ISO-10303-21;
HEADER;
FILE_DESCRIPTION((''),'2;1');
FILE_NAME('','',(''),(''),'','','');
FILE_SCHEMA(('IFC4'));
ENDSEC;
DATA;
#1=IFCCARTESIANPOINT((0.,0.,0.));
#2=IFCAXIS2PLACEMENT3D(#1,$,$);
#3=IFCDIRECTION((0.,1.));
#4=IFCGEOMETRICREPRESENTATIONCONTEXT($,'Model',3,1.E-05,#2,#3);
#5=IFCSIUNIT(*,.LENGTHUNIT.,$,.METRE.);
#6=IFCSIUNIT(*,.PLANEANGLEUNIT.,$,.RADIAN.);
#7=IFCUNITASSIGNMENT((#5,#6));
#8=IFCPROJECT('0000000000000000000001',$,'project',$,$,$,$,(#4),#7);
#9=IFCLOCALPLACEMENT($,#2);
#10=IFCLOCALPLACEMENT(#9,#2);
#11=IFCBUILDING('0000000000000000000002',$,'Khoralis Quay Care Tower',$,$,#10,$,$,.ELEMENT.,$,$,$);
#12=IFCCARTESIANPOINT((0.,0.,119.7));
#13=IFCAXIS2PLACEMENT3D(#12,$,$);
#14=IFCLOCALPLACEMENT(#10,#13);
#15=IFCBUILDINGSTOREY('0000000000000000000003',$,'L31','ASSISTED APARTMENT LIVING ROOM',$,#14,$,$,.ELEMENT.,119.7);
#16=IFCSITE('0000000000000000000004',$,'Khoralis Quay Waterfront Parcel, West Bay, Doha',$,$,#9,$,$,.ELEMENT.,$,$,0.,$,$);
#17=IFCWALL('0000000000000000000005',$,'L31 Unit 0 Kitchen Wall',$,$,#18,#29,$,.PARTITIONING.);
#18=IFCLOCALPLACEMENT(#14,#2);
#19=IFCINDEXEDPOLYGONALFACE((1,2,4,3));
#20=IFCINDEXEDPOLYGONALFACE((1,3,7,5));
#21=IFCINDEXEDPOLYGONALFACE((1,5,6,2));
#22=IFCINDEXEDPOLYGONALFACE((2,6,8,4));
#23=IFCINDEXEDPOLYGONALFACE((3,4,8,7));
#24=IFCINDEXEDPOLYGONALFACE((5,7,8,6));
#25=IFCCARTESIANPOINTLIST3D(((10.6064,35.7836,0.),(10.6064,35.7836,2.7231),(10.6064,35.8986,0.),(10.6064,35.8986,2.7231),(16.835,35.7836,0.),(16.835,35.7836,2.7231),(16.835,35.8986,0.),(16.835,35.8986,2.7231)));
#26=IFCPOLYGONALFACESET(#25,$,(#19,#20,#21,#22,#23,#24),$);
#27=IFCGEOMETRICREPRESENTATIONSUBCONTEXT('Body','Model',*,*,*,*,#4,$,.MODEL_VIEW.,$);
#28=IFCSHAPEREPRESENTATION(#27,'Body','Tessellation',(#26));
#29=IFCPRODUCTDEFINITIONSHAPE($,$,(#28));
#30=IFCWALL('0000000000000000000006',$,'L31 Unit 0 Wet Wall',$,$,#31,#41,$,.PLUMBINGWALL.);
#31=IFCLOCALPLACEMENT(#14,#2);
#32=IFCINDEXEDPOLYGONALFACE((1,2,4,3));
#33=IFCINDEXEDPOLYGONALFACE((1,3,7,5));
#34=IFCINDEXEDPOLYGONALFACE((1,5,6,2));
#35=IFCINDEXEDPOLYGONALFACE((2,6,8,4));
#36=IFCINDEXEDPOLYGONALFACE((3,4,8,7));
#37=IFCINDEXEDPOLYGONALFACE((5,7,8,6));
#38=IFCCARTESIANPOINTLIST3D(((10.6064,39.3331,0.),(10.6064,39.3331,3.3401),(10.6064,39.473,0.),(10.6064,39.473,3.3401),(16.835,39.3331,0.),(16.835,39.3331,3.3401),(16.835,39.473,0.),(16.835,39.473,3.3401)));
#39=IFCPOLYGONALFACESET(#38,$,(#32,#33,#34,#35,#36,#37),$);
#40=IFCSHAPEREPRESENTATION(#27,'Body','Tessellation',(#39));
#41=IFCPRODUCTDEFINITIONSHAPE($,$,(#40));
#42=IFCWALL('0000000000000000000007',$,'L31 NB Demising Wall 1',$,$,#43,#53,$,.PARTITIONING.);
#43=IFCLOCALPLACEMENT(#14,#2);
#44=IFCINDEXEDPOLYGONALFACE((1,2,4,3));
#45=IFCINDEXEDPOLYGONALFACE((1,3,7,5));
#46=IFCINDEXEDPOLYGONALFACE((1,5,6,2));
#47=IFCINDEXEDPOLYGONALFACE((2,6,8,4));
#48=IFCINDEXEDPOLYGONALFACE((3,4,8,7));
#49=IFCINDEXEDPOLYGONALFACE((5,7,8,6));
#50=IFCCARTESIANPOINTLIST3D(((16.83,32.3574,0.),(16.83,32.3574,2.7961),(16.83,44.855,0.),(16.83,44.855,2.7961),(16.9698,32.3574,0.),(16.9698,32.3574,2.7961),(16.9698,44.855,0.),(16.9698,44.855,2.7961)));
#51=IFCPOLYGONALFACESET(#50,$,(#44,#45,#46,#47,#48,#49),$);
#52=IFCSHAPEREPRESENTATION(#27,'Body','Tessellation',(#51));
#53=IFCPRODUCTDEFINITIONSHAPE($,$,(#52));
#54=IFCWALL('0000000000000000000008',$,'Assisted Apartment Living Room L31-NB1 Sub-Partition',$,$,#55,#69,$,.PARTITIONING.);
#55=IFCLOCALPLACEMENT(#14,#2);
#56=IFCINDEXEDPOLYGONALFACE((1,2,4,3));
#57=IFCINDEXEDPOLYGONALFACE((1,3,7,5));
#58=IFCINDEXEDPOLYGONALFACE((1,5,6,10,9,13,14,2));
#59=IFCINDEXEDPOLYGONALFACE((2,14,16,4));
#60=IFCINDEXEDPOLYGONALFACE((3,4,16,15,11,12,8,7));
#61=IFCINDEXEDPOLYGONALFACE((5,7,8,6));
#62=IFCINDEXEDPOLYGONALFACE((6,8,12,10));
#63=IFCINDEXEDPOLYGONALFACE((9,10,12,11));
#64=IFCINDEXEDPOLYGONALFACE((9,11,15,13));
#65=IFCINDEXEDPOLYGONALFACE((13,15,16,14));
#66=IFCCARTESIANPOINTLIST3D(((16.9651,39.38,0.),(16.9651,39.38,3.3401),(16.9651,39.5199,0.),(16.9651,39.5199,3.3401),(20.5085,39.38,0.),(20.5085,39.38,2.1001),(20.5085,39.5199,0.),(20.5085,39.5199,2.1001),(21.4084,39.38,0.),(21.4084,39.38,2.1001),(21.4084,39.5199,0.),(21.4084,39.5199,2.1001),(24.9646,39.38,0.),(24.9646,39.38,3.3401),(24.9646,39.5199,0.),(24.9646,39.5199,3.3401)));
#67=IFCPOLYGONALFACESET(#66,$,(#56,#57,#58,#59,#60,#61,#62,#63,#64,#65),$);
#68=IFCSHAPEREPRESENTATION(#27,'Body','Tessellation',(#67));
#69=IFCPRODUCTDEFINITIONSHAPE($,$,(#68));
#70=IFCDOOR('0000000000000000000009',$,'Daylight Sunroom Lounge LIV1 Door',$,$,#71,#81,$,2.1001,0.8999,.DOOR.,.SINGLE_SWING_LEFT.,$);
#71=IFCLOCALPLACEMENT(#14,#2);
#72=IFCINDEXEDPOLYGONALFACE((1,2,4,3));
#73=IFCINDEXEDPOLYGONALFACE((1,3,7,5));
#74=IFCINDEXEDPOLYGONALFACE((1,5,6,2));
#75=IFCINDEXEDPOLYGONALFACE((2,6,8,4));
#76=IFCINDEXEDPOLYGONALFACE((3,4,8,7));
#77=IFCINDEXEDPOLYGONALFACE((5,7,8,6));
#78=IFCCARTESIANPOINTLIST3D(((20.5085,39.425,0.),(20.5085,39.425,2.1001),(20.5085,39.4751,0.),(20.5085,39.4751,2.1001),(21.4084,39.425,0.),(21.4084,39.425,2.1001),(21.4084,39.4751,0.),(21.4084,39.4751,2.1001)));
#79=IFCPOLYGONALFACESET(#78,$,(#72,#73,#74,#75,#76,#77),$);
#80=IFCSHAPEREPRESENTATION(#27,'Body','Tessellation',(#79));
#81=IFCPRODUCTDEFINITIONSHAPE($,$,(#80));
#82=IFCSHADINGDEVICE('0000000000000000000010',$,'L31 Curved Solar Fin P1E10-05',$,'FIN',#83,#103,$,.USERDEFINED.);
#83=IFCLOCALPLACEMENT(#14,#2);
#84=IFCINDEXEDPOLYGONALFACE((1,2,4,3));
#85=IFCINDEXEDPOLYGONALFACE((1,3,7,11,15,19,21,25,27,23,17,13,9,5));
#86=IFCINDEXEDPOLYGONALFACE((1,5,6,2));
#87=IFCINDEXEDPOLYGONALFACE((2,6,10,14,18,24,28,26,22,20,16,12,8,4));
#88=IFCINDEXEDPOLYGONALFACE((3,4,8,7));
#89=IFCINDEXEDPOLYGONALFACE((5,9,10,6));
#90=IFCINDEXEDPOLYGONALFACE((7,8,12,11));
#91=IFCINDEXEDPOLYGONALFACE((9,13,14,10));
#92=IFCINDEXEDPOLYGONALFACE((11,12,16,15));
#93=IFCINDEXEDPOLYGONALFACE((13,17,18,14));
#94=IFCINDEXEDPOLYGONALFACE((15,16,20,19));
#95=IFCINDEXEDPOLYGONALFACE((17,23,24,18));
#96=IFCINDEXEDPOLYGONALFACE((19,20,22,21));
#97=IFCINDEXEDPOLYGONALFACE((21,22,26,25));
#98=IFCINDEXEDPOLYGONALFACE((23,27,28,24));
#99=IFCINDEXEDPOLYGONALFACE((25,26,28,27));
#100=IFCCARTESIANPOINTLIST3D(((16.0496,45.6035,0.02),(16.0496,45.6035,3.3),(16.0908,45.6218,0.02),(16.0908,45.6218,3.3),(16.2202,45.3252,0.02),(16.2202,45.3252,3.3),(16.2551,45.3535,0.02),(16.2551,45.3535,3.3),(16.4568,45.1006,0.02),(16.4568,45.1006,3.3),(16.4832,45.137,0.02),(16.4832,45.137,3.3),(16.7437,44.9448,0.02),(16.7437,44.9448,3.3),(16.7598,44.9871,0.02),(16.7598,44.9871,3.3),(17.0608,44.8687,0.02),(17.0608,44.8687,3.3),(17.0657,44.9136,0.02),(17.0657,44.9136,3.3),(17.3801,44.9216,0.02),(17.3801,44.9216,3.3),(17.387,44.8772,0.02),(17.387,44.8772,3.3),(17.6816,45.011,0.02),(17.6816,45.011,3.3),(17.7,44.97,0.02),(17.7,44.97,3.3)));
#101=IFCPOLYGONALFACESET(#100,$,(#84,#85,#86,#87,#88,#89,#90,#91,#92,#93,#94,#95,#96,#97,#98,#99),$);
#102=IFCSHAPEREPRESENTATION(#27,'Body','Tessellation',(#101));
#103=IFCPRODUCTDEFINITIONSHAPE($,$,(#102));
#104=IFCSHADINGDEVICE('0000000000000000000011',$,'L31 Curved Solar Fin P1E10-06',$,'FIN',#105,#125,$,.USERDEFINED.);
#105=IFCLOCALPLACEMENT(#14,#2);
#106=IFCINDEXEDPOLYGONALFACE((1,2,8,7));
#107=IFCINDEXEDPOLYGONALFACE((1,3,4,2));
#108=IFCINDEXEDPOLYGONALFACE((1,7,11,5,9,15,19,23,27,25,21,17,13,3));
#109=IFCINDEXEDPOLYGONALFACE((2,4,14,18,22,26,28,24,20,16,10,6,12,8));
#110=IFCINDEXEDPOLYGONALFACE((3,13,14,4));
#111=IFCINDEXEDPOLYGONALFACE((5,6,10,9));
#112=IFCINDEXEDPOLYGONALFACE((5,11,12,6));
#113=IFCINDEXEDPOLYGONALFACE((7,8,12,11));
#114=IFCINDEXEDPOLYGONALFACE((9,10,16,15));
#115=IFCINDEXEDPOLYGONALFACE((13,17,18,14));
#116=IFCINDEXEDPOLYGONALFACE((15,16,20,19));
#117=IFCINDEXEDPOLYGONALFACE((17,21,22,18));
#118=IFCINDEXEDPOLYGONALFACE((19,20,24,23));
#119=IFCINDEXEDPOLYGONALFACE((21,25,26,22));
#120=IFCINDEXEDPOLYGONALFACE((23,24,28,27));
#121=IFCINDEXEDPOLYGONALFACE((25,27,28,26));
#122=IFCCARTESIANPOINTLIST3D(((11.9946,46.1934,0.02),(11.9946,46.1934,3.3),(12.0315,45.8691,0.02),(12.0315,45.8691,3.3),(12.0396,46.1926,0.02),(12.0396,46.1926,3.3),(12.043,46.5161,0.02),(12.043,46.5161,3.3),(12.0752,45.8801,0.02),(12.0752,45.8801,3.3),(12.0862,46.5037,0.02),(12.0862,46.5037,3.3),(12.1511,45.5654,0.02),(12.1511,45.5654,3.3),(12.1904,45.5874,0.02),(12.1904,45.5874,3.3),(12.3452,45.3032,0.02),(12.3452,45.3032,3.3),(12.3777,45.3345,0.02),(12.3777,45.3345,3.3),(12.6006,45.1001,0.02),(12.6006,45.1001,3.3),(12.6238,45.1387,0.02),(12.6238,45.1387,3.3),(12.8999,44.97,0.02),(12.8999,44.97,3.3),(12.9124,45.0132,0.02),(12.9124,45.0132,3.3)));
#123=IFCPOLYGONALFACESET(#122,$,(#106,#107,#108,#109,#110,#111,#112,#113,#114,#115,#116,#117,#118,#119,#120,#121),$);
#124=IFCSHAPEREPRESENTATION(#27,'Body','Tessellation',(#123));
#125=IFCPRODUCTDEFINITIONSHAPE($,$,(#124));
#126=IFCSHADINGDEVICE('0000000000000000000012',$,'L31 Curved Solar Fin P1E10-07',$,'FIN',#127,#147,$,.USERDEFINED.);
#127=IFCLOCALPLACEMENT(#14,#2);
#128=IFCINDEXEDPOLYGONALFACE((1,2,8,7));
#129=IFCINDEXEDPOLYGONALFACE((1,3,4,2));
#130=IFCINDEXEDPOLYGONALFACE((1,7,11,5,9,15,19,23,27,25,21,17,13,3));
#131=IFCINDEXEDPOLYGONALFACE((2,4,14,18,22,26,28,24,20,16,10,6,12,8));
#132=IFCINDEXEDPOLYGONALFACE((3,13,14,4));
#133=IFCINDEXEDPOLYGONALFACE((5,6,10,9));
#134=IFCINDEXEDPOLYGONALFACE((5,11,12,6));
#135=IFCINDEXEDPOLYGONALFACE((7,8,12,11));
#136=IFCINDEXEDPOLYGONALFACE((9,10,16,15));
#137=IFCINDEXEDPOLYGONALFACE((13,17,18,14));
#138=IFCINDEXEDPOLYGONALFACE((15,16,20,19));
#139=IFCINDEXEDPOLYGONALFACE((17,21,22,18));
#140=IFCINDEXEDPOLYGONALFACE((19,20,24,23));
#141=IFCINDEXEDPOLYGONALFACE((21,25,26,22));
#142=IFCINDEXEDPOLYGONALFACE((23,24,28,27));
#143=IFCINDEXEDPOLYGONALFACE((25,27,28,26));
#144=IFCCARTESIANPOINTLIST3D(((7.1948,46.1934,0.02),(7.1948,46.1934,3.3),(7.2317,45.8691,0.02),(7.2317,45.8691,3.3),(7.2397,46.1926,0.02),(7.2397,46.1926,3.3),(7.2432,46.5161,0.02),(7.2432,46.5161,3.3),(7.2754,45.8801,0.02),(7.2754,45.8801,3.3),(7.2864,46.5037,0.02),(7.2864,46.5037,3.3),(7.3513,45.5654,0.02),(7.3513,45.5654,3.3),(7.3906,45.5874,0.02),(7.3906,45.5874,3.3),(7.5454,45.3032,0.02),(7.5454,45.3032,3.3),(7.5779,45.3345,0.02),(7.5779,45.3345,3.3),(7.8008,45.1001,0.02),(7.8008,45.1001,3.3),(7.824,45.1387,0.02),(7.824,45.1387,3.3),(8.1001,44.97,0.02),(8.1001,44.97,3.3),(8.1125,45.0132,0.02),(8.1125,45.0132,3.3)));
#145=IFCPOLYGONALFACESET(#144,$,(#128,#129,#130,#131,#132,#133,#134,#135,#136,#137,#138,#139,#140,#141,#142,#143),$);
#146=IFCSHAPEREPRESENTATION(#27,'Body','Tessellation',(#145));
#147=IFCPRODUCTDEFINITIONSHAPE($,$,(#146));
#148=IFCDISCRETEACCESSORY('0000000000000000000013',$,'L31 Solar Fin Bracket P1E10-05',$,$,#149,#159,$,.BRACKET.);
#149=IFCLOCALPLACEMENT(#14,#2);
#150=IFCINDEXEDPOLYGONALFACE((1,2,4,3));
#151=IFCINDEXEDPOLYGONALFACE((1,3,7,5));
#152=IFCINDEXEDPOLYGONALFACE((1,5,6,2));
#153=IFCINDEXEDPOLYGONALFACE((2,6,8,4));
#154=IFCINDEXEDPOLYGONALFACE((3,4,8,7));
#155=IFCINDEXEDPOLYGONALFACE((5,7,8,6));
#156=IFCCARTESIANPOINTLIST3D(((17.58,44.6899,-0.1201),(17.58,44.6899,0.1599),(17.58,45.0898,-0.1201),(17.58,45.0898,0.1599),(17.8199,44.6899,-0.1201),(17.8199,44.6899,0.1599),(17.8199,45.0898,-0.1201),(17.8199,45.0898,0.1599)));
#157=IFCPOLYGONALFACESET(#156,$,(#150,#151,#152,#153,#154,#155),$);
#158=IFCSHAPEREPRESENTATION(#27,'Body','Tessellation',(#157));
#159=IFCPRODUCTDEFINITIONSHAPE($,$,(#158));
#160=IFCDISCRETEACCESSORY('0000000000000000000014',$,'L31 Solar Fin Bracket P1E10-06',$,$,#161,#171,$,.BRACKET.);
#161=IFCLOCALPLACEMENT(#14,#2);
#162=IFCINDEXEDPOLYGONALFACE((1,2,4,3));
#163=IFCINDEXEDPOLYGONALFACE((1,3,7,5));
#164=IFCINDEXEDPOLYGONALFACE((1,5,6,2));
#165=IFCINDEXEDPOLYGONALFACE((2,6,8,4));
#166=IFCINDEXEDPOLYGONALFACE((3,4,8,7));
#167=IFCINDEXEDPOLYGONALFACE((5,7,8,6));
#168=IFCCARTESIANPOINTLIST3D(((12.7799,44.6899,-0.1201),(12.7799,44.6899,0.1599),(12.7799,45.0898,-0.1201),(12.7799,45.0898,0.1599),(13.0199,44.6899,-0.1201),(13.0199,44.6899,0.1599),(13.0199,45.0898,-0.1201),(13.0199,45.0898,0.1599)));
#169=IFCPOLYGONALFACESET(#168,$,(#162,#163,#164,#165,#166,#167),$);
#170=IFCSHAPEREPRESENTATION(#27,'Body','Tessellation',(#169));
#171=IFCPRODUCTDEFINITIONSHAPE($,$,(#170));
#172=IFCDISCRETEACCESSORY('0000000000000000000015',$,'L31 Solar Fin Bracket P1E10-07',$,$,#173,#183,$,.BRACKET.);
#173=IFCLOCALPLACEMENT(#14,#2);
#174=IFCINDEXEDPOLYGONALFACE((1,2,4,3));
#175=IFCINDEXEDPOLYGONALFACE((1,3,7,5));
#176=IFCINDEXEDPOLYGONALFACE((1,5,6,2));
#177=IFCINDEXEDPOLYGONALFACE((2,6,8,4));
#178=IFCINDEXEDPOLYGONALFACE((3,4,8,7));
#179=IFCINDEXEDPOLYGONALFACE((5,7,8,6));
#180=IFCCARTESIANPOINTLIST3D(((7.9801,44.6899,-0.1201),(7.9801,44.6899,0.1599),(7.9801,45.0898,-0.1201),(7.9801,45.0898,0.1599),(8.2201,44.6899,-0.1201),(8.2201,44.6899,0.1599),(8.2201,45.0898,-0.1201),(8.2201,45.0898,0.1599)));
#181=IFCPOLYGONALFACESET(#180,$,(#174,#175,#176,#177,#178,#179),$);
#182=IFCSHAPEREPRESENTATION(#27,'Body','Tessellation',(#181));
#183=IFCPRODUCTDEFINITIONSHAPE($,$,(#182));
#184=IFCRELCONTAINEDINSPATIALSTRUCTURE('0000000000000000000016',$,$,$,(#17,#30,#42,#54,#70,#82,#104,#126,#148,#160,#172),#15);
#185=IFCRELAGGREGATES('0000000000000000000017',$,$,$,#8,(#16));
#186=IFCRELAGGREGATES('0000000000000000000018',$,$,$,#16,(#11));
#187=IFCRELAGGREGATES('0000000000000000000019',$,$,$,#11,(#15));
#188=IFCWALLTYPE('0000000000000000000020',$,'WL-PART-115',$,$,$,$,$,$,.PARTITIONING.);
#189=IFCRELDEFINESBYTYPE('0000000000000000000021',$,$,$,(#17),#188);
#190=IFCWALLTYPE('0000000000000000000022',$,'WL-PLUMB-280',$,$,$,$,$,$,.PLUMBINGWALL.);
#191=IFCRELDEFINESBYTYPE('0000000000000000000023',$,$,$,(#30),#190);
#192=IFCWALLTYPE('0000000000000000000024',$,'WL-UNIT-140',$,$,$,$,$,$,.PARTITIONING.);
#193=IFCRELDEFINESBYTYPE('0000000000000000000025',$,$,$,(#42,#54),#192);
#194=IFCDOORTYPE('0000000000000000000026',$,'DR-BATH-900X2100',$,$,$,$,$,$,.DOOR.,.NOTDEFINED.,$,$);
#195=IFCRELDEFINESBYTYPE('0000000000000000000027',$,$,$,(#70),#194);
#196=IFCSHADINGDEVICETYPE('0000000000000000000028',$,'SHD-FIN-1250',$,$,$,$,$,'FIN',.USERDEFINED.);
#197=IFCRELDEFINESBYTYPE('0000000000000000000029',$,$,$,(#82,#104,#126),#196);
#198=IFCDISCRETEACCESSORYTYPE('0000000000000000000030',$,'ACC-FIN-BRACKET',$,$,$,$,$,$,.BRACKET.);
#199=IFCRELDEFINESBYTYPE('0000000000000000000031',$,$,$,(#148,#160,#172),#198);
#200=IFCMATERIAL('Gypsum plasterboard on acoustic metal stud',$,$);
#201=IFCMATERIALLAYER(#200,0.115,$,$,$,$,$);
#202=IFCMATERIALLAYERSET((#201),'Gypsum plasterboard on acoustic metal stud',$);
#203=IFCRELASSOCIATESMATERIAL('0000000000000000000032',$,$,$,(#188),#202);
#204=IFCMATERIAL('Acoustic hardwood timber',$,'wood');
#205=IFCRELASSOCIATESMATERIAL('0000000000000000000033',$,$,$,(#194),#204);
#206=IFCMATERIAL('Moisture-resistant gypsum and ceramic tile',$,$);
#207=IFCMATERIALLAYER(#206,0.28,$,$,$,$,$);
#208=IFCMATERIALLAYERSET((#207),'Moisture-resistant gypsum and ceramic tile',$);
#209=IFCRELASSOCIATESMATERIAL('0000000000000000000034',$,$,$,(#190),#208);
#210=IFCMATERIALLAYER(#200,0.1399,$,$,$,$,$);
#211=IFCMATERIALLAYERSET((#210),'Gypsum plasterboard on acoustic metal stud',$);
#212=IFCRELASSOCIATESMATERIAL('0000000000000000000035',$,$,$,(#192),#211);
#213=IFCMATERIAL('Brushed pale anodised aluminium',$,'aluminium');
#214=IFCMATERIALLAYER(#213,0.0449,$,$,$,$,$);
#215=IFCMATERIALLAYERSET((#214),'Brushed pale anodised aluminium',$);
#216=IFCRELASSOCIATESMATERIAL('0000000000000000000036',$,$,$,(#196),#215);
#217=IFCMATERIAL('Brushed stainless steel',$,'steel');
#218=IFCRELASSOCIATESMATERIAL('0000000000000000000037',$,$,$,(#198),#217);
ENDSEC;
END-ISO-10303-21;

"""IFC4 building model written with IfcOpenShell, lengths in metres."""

from ifc_helpers import new_model, si_unit, direction, frame, frame_2d, origin, origin_2d, place, context, subcontext, project, spatial, polyline, rectangle, outline, extrude, source, transform, mapped, material, layer, layer_set, type_object, element, fill, save


model = new_model("IFC4")

# Units and contexts
model_context = context("Model", 3, precision=1e-05, world=origin(), true_north=direction((0.0, 1.0)))
body_context = subcontext(model_context, "Body", "Model", "MODEL_VIEW")
ifc_project = project(units=[si_unit("LENGTHUNIT", "METRE"), si_unit("PLANEANGLEUNIT", "RADIAN")], contexts=[model_context])

# Site, building, storey
site_placement = place(None, origin())
site = spatial("IfcSite", under=ifc_project, at=site_placement, Name="Khoralis Quay Waterfront Parcel, West Bay, Doha", CompositionType="ELEMENT", RefElevation=0.0)
building_placement = place(site_placement, origin())
building = spatial("IfcBuilding", under=site, at=building_placement, Name="Khoralis Quay Care Tower", CompositionType="ELEMENT")
storey_placement = place(building_placement, frame((0.0, 0.0, 119.7)))
storey = spatial("IfcBuildingStorey", under=building, at=storey_placement, Name="L31", Description="ASSISTED APARTMENT LIVING ROOM", CompositionType="ELEMENT", Elevation=119.7)

# Shared definitions
ifc_material_1 = material(Name="Gypsum plasterboard on acoustic metal stud")
ifc_layer_1 = layer(ifc_material_1, 0.115)
ifc_layer_set_1 = layer_set([ifc_layer_1], Name="Gypsum plasterboard on acoustic metal stud")
wall_type_1 = type_object("IfcWallType", Name="WL-PART-115", PredefinedType="PARTITIONING", material=ifc_layer_set_1)
ifc_material_2 = material(Name="Acoustic hardwood timber", Category="wood")
door_type_1 = type_object("IfcDoorType", Name="DR-BATH-900X2100", OperationType="NOTDEFINED", PredefinedType="DOOR", material=ifc_material_2)
shared_shape_1 = source(origin(), body_context, "Body", "SweptSolid", [
    extrude(rectangle(XDim=0.8999, YDim=2.1001, at=frame_2d((0.45, 1.05))), frame((0.0, 0.0249, 0.0), z_axis=(0.0, -1.0, 0.0), x_axis=(1.0, 0.0, 0.0)), (0.0, 0.0, 1.0), 0.05),
])

# Walls
wall_1_placement = place(storey_placement, frame((10.6064, 35.8411, 0.0), z_axis=(0.0, 0.0, 1.0), x_axis=(1.0, 0.0, 0.0)))
element("IfcWall", 1, at=wall_1_placement, inside=storey, type_object=wall_type_1, Name="L31 Unit 0 Kitchen Wall", PredefinedType="PARTITIONING", context=body_context, shape_type="SweptSolid", body=[
    extrude(rectangle(XDim=6.2285, YDim=0.115, at=frame_2d((3.1143, 0.0))), origin(), (0.0, 0.0, 1.0), 2.7231),
])
ifc_material_3 = material(Name="Moisture-resistant gypsum and ceramic tile")
ifc_layer_2 = layer(ifc_material_3, 0.28)
ifc_layer_set_2 = layer_set([ifc_layer_2], Name="Moisture-resistant gypsum and ceramic tile")
wall_type_2 = type_object("IfcWallType", Name="WL-PLUMB-280", PredefinedType="PLUMBINGWALL", material=ifc_layer_set_2)
wall_2_placement = place(storey_placement, frame((10.6064, 39.4031, 0.0), z_axis=(0.0, 0.0, 1.0), x_axis=(1.0, 0.0, 0.0)))
element("IfcWall", 2, at=wall_2_placement, inside=storey, type_object=wall_type_2, Name="L31 Unit 0 Wet Wall", PredefinedType="PLUMBINGWALL", context=body_context, shape_type="SweptSolid", body=[
    extrude(rectangle(XDim=6.2285, YDim=0.1399, at=frame_2d((3.1143, 0.0))), origin(), (0.0, 0.0, 1.0), 3.3401),
])
ifc_layer_3 = layer(ifc_material_1, 0.1399)
ifc_layer_set_3 = layer_set([ifc_layer_3], Name="Gypsum plasterboard on acoustic metal stud")
wall_type_3 = type_object("IfcWallType", Name="WL-UNIT-140", PredefinedType="PARTITIONING", material=ifc_layer_set_3)
wall_3_placement = place(storey_placement, frame((16.8999, 32.3574, 0.0), z_axis=(0.0, 0.0, 1.0), x_axis=(0.0, 1.0, 0.0)))
element("IfcWall", 3, at=wall_3_placement, inside=storey, type_object=wall_type_3, Name="L31 NB Demising Wall 1", PredefinedType="PARTITIONING", context=body_context, shape_type="SweptSolid", body=[
    extrude(rectangle(XDim=12.4976, YDim=0.1399, at=frame_2d((6.2488, 0.0))), origin(), (0.0, 0.0, 1.0), 2.7961),
])

# Wall, opening, door
wall_4_placement = place(storey_placement, frame((16.9651, 39.45, 0.0), z_axis=(0.0, 0.0, 1.0), x_axis=(1.0, 0.0, 0.0)))
wall_4 = element("IfcWall", 4, at=wall_4_placement, inside=storey, type_object=wall_type_3, Name="Assisted Apartment Living Room L31-NB1 Sub-Partition", PredefinedType="PARTITIONING", context=body_context, shape_type="SweptSolid", body=[
    extrude(rectangle(XDim=7.9995, YDim=0.1399, at=frame_2d((3.9998, 0.0))), origin(), (0.0, 0.0, 1.0), 3.3401),
])
opening_1_placement = place(wall_4_placement, frame((3.5435, 0.0, 0.0)))
opening_1 = element("IfcOpeningElement", 5, at=opening_1_placement, cuts=wall_4, PredefinedType="OPENING", context=body_context, shape_type="SweptSolid", body=[
    extrude(rectangle(XDim=0.8999, YDim=2.1001, at=frame_2d((0.45, 1.05))), frame((0.0, 0.0801, 0.0), z_axis=(0.0, -1.0, 0.0), x_axis=(1.0, 0.0, 0.0)), (0.0, 0.0, 1.0), 0.1599),
])
door_1_placement = place(opening_1_placement, frame((0.8999, 0.0, 0.0), z_axis=(0.0, 0.0, 1.0), x_axis=(-1.0, 0.0, 0.0)))
door_1 = element("IfcDoor", 6, at=door_1_placement, inside=storey, type_object=door_type_1, Name="Daylight Sunroom Lounge LIV1 Door", OperationType="SINGLE_SWING_LEFT", OverallHeight=2.1001, OverallWidth=0.8999, PredefinedType="DOOR", context=body_context, shape_type="MappedRepresentation", body=[
    mapped(shared_shape_1, transform((0.0, 0.0, 0.0), scale=1.0)),
])
fill(opening_1, door_1)

# Shading devices
ifc_material_4 = material(Name="Brushed pale anodised aluminium", Category="aluminium")
ifc_layer_4 = layer(ifc_material_4, 0.0449)
ifc_layer_set_4 = layer_set([ifc_layer_4], Name="Brushed pale anodised aluminium")
shading_device_type = type_object("IfcShadingDeviceType", Name="SHD-FIN-1250", ElementType="FIN", PredefinedType="USERDEFINED", material=ifc_layer_set_4)
shared_shape_2 = source(origin(), body_context, "Body", "SweptSolid", [
    extrude(outline(polyline([(0.0, 0.0), (-0.0928, 0.313), (-0.1013, 0.6392), (-0.0251, 0.9563), (0.1306, 1.2432), (0.3552, 1.4797), (0.6335, 1.6504), (0.6519, 1.6091), (0.3835, 1.4448), (0.167, 1.2168), (0.0171, 0.9402), (-0.0564, 0.6343), (-0.0483, 0.3198), (0.041, 0.0183), (0.0, 0.0)])), origin(), (0.0, 0.0, 1.0), 3.28),
])
shading_device_placement = place(storey_placement, frame((17.7, 44.97, 0.02), z_axis=(0.0, 0.0, 1.0), x_axis=(0.0, 1.0, 0.0)))
element("IfcShadingDevice", 7, at=shading_device_placement, inside=storey, type_object=shading_device_type, Name="L31 Curved Solar Fin P1E10-05", ObjectType="FIN", PredefinedType="USERDEFINED", context=body_context, shape_type="MappedRepresentation", body=[
    mapped(shared_shape_2, transform((0.0, 0.0, 0.0), scale=1.0)),
])
shared_shape_3 = source(origin(), body_context, "Body", "SweptSolid", [
    extrude(outline(polyline([(0.0, 0.0), (0.1301, 0.2993), (0.3333, 0.5547), (0.5955, 0.7488), (0.8992, 0.8684), (1.2234, 0.9053), (1.5461, 0.8569), (1.5337, 0.8137), (1.2227, 0.8604), (0.9102, 0.8247), (0.6174, 0.7095), (0.3645, 0.5222), (0.1687, 0.2761), (0.0432, -0.0125), (0.0, 0.0)])), origin(), (0.0, 0.0, 1.0), 3.28),
])
for number, where, z_axis, x_axis, name in (
    (8, (12.8999, 44.97, 0.02), (0.0, 0.0, 1.0), (0.0, 1.0, 0.0), "L31 Curved Solar Fin P1E10-06"),
    (9, (8.1001, 44.97, 0.02), (0.0, 0.0, 1.0), (0.0, 1.0, 0.0), "L31 Curved Solar Fin P1E10-07"),
):
    element("IfcShadingDevice", number, at=place(storey_placement, frame(where, z_axis=z_axis, x_axis=x_axis)), inside=storey, type_object=shading_device_type, Name=name, ObjectType="FIN", PredefinedType="USERDEFINED", context=body_context, shape_type="MappedRepresentation", body=[
        mapped(shared_shape_3, transform((0.0, 0.0, 0.0), scale=1.0)),
    ])

# Discrete accessories
ifc_material_5 = material(Name="Brushed stainless steel", Category="steel")
discrete_accessory_type = type_object("IfcDiscreteAccessoryType", Name="ACC-FIN-BRACKET", PredefinedType="BRACKET", material=ifc_material_5)
shared_shape_4 = source(origin(), body_context, "Body", "SweptSolid", [
    extrude(rectangle(XDim=0.3999, YDim=0.24, at=origin_2d()), origin(), (0.0, 0.0, 1.0), 0.28),
])
for number, where, z_axis, x_axis, name in (
    (10, (17.7, 44.8899, -0.1201), (0.0, 0.0, 1.0), (0.0, 1.0, 0.0), "L31 Solar Fin Bracket P1E10-05"),
    (11, (12.8999, 44.8899, -0.1201), (0.0, 0.0, 1.0), (0.0, 1.0, 0.0), "L31 Solar Fin Bracket P1E10-06"),
    (12, (8.1001, 44.8899, -0.1201), (0.0, 0.0, 1.0), (0.0, 1.0, 0.0), "L31 Solar Fin Bracket P1E10-07"),
):
    element("IfcDiscreteAccessory", number, at=place(storey_placement, frame(where, z_axis=z_axis, x_axis=x_axis)), inside=storey, type_object=discrete_accessory_type, Name=name, PredefinedType="BRACKET", context=body_context, shape_type="MappedRepresentation", body=[
        mapped(shared_shape_4, transform((0.0, 0.0, 0.0), scale=1.0)),
    ])

save(model, "model.ifc")
